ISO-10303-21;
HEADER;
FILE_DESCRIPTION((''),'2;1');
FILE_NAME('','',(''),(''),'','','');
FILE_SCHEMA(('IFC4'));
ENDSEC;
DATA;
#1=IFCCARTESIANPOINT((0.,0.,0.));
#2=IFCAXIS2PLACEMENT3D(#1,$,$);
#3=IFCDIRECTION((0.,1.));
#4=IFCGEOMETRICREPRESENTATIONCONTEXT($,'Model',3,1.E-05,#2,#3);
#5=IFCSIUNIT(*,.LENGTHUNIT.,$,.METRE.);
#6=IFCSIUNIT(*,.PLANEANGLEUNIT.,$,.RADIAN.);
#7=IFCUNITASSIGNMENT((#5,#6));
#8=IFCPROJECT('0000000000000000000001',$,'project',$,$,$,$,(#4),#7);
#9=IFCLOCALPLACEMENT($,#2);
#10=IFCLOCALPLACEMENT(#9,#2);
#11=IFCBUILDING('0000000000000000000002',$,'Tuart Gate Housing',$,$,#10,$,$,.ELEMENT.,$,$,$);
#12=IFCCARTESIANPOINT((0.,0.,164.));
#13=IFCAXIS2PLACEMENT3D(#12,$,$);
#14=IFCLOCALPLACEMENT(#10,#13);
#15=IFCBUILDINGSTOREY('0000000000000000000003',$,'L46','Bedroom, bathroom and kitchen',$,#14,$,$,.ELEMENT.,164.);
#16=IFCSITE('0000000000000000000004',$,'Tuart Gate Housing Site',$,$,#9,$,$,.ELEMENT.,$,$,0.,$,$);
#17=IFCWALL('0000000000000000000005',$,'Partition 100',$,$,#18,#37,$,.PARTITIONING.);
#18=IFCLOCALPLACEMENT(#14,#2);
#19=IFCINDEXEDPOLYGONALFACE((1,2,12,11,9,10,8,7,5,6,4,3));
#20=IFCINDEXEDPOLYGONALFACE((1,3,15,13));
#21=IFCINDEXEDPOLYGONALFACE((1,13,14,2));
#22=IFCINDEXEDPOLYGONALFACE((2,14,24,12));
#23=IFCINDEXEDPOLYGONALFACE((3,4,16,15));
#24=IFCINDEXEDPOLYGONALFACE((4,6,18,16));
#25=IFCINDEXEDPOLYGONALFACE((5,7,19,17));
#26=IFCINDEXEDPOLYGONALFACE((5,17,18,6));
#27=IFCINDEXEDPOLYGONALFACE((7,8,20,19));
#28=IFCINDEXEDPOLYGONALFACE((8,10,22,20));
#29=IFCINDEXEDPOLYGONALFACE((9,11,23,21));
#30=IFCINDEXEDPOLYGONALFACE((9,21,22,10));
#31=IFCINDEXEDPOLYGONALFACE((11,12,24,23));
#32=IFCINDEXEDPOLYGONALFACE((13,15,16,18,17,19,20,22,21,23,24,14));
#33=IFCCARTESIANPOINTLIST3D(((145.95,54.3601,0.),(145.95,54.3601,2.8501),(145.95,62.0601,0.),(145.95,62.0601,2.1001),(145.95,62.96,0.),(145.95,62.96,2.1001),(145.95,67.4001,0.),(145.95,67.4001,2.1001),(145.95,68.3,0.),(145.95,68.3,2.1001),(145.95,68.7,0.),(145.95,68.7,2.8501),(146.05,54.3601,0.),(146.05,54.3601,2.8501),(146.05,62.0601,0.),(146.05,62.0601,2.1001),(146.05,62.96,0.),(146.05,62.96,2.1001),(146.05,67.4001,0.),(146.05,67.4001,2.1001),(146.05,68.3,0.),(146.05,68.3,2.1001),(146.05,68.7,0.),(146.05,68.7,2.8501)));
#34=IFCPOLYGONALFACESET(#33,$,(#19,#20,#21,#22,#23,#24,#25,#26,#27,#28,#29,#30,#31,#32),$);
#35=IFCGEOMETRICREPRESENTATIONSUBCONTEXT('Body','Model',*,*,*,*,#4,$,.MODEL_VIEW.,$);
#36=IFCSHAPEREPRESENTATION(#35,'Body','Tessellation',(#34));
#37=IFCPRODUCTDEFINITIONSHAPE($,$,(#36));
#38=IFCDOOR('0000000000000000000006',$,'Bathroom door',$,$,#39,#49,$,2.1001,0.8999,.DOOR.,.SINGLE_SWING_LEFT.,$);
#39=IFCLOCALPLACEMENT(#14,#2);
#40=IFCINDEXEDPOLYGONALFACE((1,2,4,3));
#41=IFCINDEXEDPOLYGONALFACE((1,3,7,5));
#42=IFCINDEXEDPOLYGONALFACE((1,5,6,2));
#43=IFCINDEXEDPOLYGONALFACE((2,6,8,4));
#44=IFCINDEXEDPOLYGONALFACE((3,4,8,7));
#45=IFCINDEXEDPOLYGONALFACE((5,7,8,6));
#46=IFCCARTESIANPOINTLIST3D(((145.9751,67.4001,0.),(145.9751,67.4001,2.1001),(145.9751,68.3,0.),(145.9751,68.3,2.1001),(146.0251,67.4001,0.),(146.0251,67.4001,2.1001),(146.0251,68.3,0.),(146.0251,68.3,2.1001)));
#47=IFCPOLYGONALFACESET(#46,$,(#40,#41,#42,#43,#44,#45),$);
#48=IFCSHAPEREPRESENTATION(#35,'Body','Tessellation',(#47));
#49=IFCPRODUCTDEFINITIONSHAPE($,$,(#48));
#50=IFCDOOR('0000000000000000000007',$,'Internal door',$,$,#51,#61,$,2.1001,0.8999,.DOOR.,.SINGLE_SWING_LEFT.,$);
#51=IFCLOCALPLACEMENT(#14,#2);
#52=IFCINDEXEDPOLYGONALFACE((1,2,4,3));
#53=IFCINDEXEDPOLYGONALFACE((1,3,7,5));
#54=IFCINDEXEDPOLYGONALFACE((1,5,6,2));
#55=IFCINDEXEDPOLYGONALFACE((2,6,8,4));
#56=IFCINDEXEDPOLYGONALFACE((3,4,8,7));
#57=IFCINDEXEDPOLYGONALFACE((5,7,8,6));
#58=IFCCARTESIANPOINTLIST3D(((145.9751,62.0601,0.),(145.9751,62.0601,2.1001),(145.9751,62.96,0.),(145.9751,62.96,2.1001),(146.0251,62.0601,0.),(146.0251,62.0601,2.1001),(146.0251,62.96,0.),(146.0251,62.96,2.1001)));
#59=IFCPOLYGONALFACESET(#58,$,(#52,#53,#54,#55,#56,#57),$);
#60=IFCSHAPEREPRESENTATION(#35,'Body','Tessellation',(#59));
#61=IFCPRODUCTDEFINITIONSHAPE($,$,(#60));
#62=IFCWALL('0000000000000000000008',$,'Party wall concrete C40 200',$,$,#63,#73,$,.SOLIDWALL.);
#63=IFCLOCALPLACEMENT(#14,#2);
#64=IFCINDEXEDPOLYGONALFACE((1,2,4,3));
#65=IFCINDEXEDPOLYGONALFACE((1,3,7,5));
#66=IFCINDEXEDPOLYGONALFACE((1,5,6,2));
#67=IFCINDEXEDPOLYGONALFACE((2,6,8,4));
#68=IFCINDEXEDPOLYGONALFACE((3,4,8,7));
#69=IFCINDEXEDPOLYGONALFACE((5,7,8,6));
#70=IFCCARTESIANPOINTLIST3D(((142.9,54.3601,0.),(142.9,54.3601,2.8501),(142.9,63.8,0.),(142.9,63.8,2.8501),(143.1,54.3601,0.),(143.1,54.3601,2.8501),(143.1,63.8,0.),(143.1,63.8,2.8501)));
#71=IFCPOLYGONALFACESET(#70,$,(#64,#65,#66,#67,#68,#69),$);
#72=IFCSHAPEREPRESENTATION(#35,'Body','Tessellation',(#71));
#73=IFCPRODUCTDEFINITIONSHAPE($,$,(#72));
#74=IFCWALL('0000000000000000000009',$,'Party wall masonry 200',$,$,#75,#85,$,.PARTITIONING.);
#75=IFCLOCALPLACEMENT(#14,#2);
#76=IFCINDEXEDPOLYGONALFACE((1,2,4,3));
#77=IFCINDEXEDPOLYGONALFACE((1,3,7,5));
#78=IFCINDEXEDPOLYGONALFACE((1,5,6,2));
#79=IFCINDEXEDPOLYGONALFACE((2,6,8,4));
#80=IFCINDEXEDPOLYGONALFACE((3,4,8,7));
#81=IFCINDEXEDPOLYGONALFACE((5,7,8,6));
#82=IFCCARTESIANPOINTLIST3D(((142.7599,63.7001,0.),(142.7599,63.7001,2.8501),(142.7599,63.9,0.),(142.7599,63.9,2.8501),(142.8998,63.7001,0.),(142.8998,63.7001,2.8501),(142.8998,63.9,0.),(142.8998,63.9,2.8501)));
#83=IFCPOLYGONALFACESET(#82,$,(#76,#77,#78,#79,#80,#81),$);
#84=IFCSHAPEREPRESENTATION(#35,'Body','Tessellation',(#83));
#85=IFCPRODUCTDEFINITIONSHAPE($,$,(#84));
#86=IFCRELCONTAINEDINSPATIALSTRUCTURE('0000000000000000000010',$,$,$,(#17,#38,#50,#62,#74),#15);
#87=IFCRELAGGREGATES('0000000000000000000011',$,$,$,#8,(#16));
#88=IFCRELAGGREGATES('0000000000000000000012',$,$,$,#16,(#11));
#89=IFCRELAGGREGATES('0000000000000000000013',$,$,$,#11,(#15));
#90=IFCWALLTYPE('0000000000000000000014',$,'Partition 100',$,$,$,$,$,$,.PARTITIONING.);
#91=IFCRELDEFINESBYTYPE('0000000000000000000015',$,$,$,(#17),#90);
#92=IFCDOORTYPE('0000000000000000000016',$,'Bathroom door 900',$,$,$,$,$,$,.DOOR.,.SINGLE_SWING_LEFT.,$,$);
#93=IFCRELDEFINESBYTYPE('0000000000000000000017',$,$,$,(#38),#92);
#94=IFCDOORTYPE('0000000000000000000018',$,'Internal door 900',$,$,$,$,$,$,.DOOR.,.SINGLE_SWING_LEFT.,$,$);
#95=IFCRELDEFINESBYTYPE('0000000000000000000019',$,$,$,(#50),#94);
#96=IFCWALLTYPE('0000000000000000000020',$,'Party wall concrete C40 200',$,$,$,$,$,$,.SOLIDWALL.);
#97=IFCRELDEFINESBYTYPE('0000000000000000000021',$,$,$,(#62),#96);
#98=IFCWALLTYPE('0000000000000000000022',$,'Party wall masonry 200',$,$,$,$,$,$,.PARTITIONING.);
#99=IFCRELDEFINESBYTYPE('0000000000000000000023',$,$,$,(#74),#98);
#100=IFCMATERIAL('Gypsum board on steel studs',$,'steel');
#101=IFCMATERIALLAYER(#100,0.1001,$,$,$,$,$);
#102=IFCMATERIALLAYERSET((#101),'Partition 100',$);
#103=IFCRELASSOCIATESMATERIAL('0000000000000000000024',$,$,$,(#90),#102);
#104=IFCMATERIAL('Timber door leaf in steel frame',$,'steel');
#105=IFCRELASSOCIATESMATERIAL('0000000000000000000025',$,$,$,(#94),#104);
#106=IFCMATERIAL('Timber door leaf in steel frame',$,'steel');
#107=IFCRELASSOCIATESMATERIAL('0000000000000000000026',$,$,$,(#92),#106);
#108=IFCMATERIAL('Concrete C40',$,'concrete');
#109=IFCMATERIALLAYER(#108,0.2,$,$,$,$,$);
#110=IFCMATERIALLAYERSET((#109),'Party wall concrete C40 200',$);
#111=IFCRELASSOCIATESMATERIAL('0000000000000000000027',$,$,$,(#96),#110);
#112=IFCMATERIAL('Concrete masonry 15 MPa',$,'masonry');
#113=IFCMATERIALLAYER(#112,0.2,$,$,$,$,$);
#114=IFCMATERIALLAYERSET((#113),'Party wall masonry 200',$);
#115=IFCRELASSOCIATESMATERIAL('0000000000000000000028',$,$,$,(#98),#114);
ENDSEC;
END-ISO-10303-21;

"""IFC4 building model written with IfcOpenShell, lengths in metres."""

from ifc_helpers import new_model, si_unit, direction, frame, frame_2d, origin, place, context, subcontext, project, spatial, rectangle, extrude, material, layer, layer_set, type_object, element, fill, save


model = new_model("IFC4")

# Units and contexts
model_context = context("Model", 3, precision=1e-05, world=origin(), true_north=direction((0.0, 1.0)))
body_context = subcontext(model_context, "Body", "Model", "MODEL_VIEW")
ifc_project = project(units=[si_unit("LENGTHUNIT", "METRE"), si_unit("PLANEANGLEUNIT", "RADIAN")], contexts=[model_context])

# Site, building, storey
site_placement = place(None, origin())
site = spatial("IfcSite", under=ifc_project, at=site_placement, Name="Tuart Gate Housing Site", CompositionType="ELEMENT", RefElevation=0.0)
building_placement = place(site_placement, origin())
building = spatial("IfcBuilding", under=site, at=building_placement, Name="Tuart Gate Housing", CompositionType="ELEMENT")
storey_placement = place(building_placement, frame((0.0, 0.0, 164.0)))
storey = spatial("IfcBuildingStorey", under=building, at=storey_placement, Name="L46", Description="Bedroom, bathroom and kitchen", CompositionType="ELEMENT", Elevation=164.0)

# Shared definitions
ifc_material_1 = material(Name="Gypsum board on steel studs", Category="steel")
ifc_layer_1 = layer(ifc_material_1, 0.1001)
ifc_layer_set_1 = layer_set([ifc_layer_1], Name="Partition 100")
wall_type_1 = type_object("IfcWallType", Name="Partition 100", PredefinedType="PARTITIONING", material=ifc_layer_set_1)

# Shared definitions
ifc_material_2 = material(Name="Timber door leaf in steel frame", Category="steel")
door_type_1 = type_object("IfcDoorType", Name="Internal door 900", OperationType="SINGLE_SWING_LEFT", PredefinedType="DOOR", material=ifc_material_2)

# Wall, openings, doors
wall_1_placement = place(storey_placement, frame((146.0, 54.3601, 0.0), z_axis=(0.0, 0.0, 1.0), x_axis=(0.0, 1.0, 0.0)))
wall_1 = element("IfcWall", 1, at=wall_1_placement, inside=storey, type_object=wall_type_1, Name="Partition 100", PredefinedType="PARTITIONING", context=body_context, shape_type="SweptSolid", body=[
    extrude(rectangle(XDim=14.3398, YDim=0.1001, at=frame_2d((7.1699, 0.0))), origin(), (0.0, 0.0, 1.0), 2.8501),
])
opening_1_placement = place(wall_1_placement, frame((7.7, 0.0, 0.0)))
opening_1 = element("IfcOpeningElement", 2, at=opening_1_placement, cuts=wall_1, PredefinedType="OPENING", context=body_context, shape_type="SweptSolid", body=[
    extrude(rectangle(XDim=0.8999, YDim=2.1001, at=frame_2d((0.45, 1.05))), frame((0.0, 0.0601, 0.0), z_axis=(0.0, -1.0, 0.0), x_axis=(1.0, 0.0, 0.0)), (0.0, 0.0, 1.0), 0.1201),
])
opening_2_placement = place(wall_1_placement, frame((13.04, 0.0, 0.0)))
opening_2 = element("IfcOpeningElement", 3, at=opening_2_placement, cuts=wall_1, PredefinedType="OPENING", context=body_context, shape_type="SweptSolid", body=[
    extrude(rectangle(XDim=0.8999, YDim=2.1001, at=frame_2d((0.45, 1.05))), frame((0.0, 0.0601, 0.0), z_axis=(0.0, -1.0, 0.0), x_axis=(1.0, 0.0, 0.0)), (0.0, 0.0, 1.0), 0.1201),
])
ifc_material_3 = material(Name="Timber door leaf in steel frame", Category="steel")
door_type_2 = type_object("IfcDoorType", Name="Bathroom door 900", OperationType="SINGLE_SWING_LEFT", PredefinedType="DOOR", material=ifc_material_3)
door_1_placement = place(opening_2_placement, frame((0.8999, 0.0, 0.0), z_axis=(0.0, 0.0, 1.0), x_axis=(-1.0, 0.0, 0.0)))
door_1 = element("IfcDoor", 4, at=door_1_placement, inside=storey, type_object=door_type_2, Name="Bathroom door", OperationType="SINGLE_SWING_LEFT", OverallHeight=2.1001, OverallWidth=0.8999, PredefinedType="DOOR", context=body_context, shape_type="SweptSolid", body=[
    extrude(rectangle(XDim=0.8999, YDim=2.1001, at=frame_2d((0.45, 1.05))), frame((0.0, 0.0251, 0.0), z_axis=(0.0, -1.0, 0.0), x_axis=(1.0, 0.0, 0.0)), (0.0, 0.0, 1.0), 0.05),
])
fill(opening_2, door_1)
door_2_placement = place(opening_1_placement, frame((0.8999, 0.0, 0.0), z_axis=(0.0, 0.0, 1.0), x_axis=(-1.0, 0.0, 0.0)))
door_2 = element("IfcDoor", 5, at=door_2_placement, inside=storey, type_object=door_type_1, Name="Internal door", OperationType="SINGLE_SWING_LEFT", OverallHeight=2.1001, OverallWidth=0.8999, PredefinedType="DOOR", context=body_context, shape_type="SweptSolid", body=[
    extrude(rectangle(XDim=0.8999, YDim=2.1001, at=frame_2d((0.45, 1.05))), frame((0.0, 0.0251, 0.0), z_axis=(0.0, -1.0, 0.0), x_axis=(1.0, 0.0, 0.0)), (0.0, 0.0, 1.0), 0.05),
])
fill(opening_1, door_2)

# Walls
ifc_material_4 = material(Name="Concrete C40", Category="concrete")
ifc_layer_2 = layer(ifc_material_4, 0.2)
ifc_layer_set_2 = layer_set([ifc_layer_2], Name="Party wall concrete C40 200")
wall_type_2 = type_object("IfcWallType", Name="Party wall concrete C40 200", PredefinedType="SOLIDWALL", material=ifc_layer_set_2)
wall_2_placement = place(storey_placement, frame((143.0, 54.3601, 0.0), z_axis=(0.0, 0.0, 1.0), x_axis=(0.0, 1.0, 0.0)))
element("IfcWall", 6, at=wall_2_placement, inside=storey, type_object=wall_type_2, Name="Party wall concrete C40 200", PredefinedType="SOLIDWALL", context=body_context, shape_type="SweptSolid", body=[
    extrude(rectangle(XDim=9.4399, YDim=0.2, at=frame_2d((4.72, 0.0))), origin(), (0.0, 0.0, 1.0), 2.8501),
])
ifc_material_5 = material(Name="Concrete masonry 15 MPa", Category="masonry")
ifc_layer_3 = layer(ifc_material_5, 0.2)
ifc_layer_set_3 = layer_set([ifc_layer_3], Name="Party wall masonry 200")
wall_type_3 = type_object("IfcWallType", Name="Party wall masonry 200", PredefinedType="PARTITIONING", material=ifc_layer_set_3)
wall_3_placement = place(storey_placement, frame((142.76, 63.8, 0.0), z_axis=(0.0, 0.0, 1.0), x_axis=(1.0, 0.0, 0.0)))
element("IfcWall", 7, at=wall_3_placement, inside=storey, type_object=wall_type_3, Name="Party wall masonry 200", PredefinedType="PARTITIONING", context=body_context, shape_type="SweptSolid", body=[
    extrude(rectangle(XDim=0.1399, YDim=0.2, at=frame_2d((0.0698, 0.0))), origin(), (0.0, 0.0, 1.0), 2.8501),
])

save(model, "model.ifc")
